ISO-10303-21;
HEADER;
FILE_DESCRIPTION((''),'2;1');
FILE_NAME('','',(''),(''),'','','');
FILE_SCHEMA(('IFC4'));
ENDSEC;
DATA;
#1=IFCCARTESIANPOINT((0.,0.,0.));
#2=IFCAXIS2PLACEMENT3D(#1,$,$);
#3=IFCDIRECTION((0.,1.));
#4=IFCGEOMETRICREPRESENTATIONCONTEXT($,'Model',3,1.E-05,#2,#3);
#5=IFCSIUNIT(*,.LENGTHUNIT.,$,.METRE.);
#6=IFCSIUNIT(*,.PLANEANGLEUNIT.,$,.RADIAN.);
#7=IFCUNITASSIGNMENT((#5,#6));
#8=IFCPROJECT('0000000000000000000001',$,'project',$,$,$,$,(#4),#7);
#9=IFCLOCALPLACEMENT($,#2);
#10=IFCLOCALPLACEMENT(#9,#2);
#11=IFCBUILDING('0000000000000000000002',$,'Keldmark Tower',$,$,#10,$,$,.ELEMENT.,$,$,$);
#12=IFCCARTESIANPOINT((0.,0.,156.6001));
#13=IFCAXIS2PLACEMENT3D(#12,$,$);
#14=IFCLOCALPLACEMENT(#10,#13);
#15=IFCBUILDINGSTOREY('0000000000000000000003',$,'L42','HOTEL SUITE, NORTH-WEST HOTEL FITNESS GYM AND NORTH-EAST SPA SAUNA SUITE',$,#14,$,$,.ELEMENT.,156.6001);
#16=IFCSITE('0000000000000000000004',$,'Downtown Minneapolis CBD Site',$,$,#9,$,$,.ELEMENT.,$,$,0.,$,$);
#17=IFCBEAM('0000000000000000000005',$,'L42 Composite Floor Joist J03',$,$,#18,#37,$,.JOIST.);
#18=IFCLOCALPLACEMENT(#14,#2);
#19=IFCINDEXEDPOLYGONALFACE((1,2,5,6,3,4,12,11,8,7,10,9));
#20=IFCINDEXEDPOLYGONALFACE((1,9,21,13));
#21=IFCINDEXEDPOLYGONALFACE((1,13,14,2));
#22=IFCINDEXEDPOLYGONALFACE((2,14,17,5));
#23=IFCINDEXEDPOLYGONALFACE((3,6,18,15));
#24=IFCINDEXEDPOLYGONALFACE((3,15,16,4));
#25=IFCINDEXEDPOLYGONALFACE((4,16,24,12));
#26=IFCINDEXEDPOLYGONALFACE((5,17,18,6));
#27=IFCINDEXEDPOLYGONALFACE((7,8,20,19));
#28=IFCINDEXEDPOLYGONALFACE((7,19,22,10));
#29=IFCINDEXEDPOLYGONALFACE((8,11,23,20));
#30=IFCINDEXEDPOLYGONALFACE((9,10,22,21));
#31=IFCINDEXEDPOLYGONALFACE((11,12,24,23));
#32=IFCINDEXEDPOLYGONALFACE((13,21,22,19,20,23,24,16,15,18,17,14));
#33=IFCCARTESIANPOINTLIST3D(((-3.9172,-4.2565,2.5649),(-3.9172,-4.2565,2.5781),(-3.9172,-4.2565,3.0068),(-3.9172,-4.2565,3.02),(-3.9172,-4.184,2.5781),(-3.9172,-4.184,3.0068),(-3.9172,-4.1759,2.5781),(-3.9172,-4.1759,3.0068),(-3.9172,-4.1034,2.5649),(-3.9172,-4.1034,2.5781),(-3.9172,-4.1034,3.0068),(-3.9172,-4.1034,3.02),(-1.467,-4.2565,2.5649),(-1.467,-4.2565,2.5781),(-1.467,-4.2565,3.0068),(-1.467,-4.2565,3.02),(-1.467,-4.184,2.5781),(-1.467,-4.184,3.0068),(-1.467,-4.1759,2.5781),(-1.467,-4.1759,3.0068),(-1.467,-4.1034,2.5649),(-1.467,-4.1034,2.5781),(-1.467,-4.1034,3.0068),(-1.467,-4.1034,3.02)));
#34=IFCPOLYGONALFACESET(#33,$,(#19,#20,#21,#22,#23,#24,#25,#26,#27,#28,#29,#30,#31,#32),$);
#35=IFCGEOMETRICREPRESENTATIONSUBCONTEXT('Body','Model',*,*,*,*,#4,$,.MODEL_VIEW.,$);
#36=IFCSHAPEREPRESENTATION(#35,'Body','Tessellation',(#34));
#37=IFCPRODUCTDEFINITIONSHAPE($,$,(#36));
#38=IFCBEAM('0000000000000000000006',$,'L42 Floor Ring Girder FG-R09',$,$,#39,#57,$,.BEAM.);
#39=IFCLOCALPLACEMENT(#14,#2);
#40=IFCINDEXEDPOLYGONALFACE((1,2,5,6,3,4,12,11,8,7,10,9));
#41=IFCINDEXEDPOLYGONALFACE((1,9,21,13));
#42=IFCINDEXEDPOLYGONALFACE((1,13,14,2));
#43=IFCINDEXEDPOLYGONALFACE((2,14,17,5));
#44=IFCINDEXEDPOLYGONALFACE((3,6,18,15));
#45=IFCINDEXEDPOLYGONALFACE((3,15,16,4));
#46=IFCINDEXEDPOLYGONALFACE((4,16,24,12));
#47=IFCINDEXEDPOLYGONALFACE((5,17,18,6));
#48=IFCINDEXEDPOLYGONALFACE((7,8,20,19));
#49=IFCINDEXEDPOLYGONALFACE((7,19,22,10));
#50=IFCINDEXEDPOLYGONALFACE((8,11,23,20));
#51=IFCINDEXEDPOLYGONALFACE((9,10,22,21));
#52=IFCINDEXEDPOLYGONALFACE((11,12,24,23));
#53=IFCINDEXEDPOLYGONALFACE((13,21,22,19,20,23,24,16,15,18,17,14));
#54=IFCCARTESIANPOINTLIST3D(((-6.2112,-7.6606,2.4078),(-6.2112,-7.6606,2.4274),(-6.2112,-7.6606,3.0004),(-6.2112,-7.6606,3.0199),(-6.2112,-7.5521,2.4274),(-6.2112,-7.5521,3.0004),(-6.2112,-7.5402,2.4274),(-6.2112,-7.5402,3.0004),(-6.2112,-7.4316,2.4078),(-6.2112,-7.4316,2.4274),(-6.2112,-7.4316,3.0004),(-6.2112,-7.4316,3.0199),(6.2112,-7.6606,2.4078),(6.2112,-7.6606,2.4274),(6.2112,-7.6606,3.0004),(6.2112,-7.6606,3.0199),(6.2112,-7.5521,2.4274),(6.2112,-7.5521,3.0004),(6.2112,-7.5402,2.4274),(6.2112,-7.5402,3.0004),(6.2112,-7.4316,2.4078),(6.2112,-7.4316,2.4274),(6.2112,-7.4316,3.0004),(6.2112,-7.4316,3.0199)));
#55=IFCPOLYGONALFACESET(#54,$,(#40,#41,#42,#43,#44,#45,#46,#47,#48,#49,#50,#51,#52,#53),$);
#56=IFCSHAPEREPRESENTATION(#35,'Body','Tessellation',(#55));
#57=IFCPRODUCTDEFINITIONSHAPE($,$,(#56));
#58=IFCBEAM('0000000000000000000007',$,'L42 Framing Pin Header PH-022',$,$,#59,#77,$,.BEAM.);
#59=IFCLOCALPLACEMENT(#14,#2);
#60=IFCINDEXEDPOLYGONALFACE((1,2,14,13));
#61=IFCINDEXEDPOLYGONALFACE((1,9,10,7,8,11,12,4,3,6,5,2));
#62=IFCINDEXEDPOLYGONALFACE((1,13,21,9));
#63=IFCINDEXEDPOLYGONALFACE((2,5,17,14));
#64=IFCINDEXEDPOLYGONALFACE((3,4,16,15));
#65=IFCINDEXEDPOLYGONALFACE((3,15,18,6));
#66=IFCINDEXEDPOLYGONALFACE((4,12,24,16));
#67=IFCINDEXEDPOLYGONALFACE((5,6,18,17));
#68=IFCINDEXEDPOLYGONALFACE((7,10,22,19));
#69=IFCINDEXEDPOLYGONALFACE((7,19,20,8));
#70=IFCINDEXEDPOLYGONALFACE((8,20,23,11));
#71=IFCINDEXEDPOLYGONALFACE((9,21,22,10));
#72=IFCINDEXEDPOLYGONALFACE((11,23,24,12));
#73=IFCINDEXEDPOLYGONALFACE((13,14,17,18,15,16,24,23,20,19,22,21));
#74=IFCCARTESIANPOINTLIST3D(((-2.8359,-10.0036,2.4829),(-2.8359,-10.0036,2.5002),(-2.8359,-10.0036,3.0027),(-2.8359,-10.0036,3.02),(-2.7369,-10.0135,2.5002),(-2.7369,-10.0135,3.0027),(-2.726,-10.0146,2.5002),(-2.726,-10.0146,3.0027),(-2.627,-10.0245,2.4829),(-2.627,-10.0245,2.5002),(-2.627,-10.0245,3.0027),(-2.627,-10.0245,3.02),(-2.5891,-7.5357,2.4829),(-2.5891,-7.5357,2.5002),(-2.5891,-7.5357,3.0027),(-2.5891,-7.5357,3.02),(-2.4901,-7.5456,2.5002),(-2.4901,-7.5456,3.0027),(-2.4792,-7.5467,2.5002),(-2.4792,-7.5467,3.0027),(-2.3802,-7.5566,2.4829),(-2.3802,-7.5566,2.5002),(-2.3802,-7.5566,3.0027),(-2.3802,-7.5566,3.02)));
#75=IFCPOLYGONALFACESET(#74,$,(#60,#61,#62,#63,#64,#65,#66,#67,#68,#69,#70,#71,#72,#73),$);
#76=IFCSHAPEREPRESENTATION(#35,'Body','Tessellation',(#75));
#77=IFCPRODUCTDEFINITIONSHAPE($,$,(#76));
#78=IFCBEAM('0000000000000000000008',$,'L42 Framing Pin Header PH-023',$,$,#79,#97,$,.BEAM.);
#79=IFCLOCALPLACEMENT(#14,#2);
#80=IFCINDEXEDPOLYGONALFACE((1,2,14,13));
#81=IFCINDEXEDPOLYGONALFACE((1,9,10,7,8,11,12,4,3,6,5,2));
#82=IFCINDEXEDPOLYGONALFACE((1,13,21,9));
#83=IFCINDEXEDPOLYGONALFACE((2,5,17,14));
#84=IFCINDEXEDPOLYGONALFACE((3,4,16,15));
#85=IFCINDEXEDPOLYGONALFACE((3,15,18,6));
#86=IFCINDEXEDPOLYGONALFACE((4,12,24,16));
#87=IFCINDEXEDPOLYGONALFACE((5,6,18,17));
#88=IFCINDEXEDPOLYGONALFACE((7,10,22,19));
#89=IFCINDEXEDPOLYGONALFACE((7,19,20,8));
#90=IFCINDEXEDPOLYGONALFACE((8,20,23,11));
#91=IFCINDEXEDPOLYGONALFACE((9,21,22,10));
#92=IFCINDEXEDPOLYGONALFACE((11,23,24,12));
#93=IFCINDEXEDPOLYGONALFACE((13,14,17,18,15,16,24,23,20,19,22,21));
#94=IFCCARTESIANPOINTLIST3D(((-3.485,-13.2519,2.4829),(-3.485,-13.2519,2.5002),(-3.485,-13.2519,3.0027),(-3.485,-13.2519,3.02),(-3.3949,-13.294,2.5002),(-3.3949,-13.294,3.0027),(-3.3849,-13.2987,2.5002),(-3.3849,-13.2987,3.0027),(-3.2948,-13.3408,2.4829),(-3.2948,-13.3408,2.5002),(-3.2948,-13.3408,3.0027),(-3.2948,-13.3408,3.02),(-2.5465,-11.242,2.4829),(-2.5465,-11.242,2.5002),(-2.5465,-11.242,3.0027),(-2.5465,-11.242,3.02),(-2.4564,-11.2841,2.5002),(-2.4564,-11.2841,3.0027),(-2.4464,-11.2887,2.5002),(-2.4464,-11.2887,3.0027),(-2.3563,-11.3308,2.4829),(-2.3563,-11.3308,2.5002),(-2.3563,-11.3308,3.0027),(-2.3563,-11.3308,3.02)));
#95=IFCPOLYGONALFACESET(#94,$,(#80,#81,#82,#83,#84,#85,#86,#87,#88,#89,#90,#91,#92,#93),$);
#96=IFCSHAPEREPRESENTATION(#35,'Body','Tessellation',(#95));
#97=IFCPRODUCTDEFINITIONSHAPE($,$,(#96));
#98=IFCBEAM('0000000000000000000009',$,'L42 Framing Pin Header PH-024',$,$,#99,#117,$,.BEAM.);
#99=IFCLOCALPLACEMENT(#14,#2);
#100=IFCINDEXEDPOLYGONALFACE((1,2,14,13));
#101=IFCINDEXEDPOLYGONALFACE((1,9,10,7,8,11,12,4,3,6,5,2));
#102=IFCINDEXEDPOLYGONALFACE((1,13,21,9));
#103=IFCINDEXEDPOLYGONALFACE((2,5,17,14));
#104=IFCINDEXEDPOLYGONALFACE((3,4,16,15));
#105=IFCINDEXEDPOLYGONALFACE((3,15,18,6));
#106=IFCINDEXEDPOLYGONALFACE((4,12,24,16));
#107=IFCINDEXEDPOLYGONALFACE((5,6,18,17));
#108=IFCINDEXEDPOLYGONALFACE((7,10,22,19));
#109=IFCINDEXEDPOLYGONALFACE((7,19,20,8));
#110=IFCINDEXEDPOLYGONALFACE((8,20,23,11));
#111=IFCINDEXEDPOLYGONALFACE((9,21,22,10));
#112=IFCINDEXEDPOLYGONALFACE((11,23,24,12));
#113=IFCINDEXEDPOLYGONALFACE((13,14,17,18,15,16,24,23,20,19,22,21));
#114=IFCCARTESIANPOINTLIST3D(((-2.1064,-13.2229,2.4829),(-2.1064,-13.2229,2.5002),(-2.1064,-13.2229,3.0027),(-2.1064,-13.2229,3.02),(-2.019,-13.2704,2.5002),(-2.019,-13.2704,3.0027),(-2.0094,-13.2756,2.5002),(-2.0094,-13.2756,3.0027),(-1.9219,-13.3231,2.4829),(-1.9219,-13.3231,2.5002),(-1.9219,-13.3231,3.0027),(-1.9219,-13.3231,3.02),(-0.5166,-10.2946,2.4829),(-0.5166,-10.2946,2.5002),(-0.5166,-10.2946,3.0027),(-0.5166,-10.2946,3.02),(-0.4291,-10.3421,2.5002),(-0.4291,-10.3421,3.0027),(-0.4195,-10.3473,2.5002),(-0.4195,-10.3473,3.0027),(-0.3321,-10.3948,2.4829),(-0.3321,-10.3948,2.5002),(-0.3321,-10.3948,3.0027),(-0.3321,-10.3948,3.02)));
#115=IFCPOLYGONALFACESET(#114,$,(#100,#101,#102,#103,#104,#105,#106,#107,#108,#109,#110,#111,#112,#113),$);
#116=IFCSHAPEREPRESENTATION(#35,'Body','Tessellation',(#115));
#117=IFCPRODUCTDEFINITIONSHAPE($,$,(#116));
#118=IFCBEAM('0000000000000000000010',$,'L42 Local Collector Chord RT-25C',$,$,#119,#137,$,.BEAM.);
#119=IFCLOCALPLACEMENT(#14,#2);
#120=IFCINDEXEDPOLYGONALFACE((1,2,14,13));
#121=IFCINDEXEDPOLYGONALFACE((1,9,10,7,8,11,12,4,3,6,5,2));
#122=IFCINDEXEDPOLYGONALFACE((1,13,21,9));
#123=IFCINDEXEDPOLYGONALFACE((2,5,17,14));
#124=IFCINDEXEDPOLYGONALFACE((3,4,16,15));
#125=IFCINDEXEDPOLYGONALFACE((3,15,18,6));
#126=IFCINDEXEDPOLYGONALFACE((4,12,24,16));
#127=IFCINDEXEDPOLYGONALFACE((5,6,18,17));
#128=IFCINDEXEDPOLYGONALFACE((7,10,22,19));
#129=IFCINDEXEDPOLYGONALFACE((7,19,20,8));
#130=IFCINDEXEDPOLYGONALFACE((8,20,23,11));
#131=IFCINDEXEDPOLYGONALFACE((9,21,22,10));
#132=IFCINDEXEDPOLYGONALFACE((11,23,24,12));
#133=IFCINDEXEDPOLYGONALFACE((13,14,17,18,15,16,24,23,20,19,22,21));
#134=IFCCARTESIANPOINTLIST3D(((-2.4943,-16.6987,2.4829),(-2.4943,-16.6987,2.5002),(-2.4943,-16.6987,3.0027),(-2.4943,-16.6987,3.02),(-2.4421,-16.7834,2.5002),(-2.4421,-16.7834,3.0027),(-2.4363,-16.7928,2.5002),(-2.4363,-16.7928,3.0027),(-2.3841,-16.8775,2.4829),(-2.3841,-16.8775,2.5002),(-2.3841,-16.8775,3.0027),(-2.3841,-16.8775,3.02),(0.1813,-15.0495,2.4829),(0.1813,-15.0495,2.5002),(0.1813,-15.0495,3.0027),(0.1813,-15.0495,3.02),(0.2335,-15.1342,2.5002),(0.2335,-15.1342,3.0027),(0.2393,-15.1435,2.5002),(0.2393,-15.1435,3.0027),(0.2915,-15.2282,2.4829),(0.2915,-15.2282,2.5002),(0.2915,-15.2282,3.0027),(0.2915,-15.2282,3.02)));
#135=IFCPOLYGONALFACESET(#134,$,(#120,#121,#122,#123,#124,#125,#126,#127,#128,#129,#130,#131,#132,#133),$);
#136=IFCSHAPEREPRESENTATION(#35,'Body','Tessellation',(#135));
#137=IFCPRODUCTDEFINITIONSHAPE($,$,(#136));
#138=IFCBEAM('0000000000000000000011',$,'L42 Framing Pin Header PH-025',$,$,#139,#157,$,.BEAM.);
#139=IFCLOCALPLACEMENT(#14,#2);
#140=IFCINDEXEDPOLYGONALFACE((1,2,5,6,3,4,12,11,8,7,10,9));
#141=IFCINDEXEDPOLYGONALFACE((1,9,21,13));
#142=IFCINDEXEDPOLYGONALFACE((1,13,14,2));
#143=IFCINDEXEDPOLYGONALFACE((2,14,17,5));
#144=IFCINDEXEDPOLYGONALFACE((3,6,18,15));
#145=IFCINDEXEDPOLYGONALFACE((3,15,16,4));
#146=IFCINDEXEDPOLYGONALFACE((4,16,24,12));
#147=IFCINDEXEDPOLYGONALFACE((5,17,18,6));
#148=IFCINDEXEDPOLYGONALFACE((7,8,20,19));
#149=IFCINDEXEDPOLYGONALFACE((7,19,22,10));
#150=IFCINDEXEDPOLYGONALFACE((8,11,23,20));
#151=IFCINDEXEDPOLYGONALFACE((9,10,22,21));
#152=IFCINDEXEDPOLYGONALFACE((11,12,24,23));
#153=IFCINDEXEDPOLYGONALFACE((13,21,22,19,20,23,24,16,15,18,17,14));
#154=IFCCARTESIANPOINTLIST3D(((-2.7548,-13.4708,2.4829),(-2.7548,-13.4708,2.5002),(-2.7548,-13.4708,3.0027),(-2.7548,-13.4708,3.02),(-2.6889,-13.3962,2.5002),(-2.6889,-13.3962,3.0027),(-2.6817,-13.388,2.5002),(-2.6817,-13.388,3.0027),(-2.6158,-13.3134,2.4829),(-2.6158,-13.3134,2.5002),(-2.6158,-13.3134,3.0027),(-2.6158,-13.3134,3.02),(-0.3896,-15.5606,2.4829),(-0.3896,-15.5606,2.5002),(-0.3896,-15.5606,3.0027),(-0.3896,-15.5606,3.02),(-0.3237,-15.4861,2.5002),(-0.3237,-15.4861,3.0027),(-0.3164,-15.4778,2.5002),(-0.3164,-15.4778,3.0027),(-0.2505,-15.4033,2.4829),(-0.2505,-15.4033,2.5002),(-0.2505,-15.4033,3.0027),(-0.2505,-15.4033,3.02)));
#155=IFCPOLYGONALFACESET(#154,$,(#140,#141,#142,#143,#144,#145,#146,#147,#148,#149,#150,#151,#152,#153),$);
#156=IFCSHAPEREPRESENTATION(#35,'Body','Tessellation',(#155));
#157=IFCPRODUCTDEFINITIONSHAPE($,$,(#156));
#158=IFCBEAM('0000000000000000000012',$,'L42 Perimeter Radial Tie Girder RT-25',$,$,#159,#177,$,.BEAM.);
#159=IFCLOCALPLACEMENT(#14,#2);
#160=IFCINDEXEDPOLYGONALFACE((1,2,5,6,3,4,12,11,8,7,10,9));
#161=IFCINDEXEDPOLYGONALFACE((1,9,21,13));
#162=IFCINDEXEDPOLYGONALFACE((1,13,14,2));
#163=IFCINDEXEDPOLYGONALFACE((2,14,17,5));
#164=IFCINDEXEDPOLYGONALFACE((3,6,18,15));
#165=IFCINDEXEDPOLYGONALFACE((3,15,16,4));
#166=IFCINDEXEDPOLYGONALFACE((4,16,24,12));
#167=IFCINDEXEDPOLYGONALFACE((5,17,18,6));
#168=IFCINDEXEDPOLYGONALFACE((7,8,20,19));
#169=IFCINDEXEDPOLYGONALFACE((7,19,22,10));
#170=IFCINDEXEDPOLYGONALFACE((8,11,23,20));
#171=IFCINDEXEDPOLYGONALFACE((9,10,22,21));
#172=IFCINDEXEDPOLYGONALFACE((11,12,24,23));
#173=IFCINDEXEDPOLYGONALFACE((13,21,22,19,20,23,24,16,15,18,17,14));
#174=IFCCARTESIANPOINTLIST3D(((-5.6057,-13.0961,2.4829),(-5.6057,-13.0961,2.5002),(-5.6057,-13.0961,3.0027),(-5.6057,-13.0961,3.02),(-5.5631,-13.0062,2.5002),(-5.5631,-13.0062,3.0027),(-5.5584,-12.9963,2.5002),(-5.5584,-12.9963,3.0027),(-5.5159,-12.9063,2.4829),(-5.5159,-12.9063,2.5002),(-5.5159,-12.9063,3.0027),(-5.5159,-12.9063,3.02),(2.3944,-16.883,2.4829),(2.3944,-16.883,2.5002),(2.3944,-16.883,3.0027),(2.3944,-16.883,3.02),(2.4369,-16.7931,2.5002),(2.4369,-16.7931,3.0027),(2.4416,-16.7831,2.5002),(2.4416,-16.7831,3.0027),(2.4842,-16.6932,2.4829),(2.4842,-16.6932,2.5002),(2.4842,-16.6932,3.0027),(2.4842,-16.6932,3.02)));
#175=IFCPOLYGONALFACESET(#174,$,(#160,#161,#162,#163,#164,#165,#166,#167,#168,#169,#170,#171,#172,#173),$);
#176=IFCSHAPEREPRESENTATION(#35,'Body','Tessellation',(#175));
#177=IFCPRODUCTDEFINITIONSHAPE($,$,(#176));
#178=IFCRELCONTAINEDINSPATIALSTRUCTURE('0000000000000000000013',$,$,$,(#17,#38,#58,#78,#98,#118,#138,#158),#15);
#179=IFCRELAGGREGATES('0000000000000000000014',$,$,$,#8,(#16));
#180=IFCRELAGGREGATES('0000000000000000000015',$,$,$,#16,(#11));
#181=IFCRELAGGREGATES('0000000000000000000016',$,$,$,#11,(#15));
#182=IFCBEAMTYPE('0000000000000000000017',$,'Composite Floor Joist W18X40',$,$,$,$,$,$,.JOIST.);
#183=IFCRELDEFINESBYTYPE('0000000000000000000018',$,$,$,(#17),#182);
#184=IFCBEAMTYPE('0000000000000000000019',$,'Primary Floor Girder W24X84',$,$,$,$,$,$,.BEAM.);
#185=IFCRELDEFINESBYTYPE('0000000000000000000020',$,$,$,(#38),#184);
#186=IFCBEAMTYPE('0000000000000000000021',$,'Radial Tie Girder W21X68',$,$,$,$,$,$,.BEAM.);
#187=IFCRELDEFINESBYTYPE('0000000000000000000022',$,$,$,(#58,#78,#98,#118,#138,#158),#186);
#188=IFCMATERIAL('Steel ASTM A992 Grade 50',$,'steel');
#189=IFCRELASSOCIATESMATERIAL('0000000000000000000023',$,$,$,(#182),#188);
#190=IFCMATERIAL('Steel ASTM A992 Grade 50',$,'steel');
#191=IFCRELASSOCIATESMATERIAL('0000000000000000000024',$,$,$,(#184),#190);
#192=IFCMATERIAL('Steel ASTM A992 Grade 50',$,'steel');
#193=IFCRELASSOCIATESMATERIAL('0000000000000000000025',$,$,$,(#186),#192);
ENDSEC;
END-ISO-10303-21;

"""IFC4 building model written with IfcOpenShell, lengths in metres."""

from ifc_helpers import new_model, si_unit, direction, frame, origin, origin_2d, place, context, subcontext, project, spatial, i_section, extrude, material, material_profile, profile_set, type_object, element, save


model = new_model("IFC4")

# Units and contexts
model_context = context("Model", 3, precision=1e-05, world=origin(), true_north=direction((0.0, 1.0)))
body_context = subcontext(model_context, "Body", "Model", "MODEL_VIEW")
ifc_project = project(units=[si_unit("LENGTHUNIT", "METRE"), si_unit("PLANEANGLEUNIT", "RADIAN")], contexts=[model_context])

# Site, building, storey
site_placement = place(None, origin())
site = spatial("IfcSite", under=ifc_project, at=site_placement, Name="Downtown Minneapolis CBD Site", CompositionType="ELEMENT", RefElevation=0.0)
building_placement = place(site_placement, origin())
building = spatial("IfcBuilding", under=site, at=building_placement, Name="Keldmark Tower", CompositionType="ELEMENT")
storey_placement = place(building_placement, frame((0.0, 0.0, 156.6001)))
storey = spatial("IfcBuildingStorey", under=building, at=storey_placement, Name="L42", Description="HOTEL SUITE, NORTH-WEST HOTEL FITNESS GYM AND NORTH-EAST SPA SAUNA SUITE", CompositionType="ELEMENT", Elevation=156.6001)

# Beams
ifc_material_1 = material(Name="Steel ASTM A992 Grade 50", Category="steel")
ifc_material_profile_1 = material_profile(ifc_material_1, i_section(OverallWidth=0.1531, OverallDepth=0.4551, WebThickness=0.0081, FlangeThickness=0.0132, at=origin_2d()), Name="W18X40")
ifc_profile_set_1 = profile_set([ifc_material_profile_1], Name="Steel ASTM A992 Grade 50")
beam_type_1 = type_object("IfcBeamType", Name="Composite Floor Joist W18X40", PredefinedType="JOIST", material=ifc_profile_set_1)
beam_1_placement = place(storey_placement, frame((-3.9172, -4.1799, 2.7925), z_axis=(1.0, 0.0, 0.0), x_axis=(0.0, 1.0, 0.0)))
element("IfcBeam", 1, at=beam_1_placement, inside=storey, type_object=beam_type_1, Name="L42 Composite Floor Joist J03", PredefinedType="JOIST", context=body_context, shape_type="SweptSolid", body=[
    extrude(i_section(OverallWidth=0.1531, OverallDepth=0.4551, WebThickness=0.0081, FlangeThickness=0.0132, at=origin_2d()), origin(), (0.0, 0.0, 1.0), 2.4502),
])
ifc_material_2 = material(Name="Steel ASTM A992 Grade 50", Category="steel")
ifc_material_profile_2 = material_profile(ifc_material_2, i_section(OverallWidth=0.229, OverallDepth=0.6121, WebThickness=0.012, FlangeThickness=0.0195, at=origin_2d()), Name="W24X84")
ifc_profile_set_2 = profile_set([ifc_material_profile_2], Name="Steel ASTM A992 Grade 50")
beam_type_2 = type_object("IfcBeamType", Name="Primary Floor Girder W24X84", PredefinedType="BEAM", material=ifc_profile_set_2)
beam_2_placement = place(storey_placement, frame((-6.2112, -7.5461, 2.7139), z_axis=(1.0, 0.0, 0.0), x_axis=(0.0, 1.0, 0.0)))
element("IfcBeam", 2, at=beam_2_placement, inside=storey, type_object=beam_type_2, Name="L42 Floor Ring Girder FG-R09", PredefinedType="BEAM", context=body_context, shape_type="SweptSolid", body=[
    extrude(i_section(OverallWidth=0.229, OverallDepth=0.6121, WebThickness=0.012, FlangeThickness=0.0195, at=origin_2d()), origin(), (0.0, 0.0, 1.0), 12.4224),
])
ifc_material_3 = material(Name="Steel ASTM A992 Grade 50", Category="steel")
ifc_material_profile_3 = material_profile(ifc_material_3, i_section(OverallWidth=0.21, OverallDepth=0.5371, WebThickness=0.011, FlangeThickness=0.0173, at=origin_2d()), Name="W21X68")
ifc_profile_set_3 = profile_set([ifc_material_profile_3], Name="Steel ASTM A992 Grade 50")
beam_type_3 = type_object("IfcBeamType", Name="Radial Tie Girder W21X68", PredefinedType="BEAM", material=ifc_profile_set_3)
beam_3_placement = place(storey_placement, frame((-2.4846, -7.5461, 2.7515), z_axis=(-0.099513, -0.995036, 0.0), x_axis=(0.995036, -0.099513, 0.0)))
element("IfcBeam", 3, at=beam_3_placement, inside=storey, type_object=beam_type_3, Name="L42 Framing Pin Header PH-022", PredefinedType="BEAM", context=body_context, shape_type="SweptSolid", body=[
    extrude(i_section(OverallWidth=0.21, OverallDepth=0.5371, WebThickness=0.011, FlangeThickness=0.0173, at=origin_2d()), origin(), (0.0, 0.0, 1.0), 2.4802),
])
beam_4_placement = place(storey_placement, frame((-2.4514, -11.2864, 2.7515), z_axis=(-0.42306, -0.906102, 0.0), x_axis=(0.906102, -0.42306, 0.0)))
element("IfcBeam", 4, at=beam_4_placement, inside=storey, type_object=beam_type_3, Name="L42 Framing Pin Header PH-023", PredefinedType="BEAM", context=body_context, shape_type="SweptSolid", body=[
    extrude(i_section(OverallWidth=0.21, OverallDepth=0.5371, WebThickness=0.011, FlangeThickness=0.0173, at=origin_2d()), origin(), (0.0, 0.0, 1.0), 2.2183),
])
beam_5_placement = place(storey_placement, frame((-0.4243, -10.3447, 2.7515), z_axis=(-0.477147, -0.878824, 0.0), x_axis=(0.878824, -0.477147, 0.0)))
element("IfcBeam", 5, at=beam_5_placement, inside=storey, type_object=beam_type_3, Name="L42 Framing Pin Header PH-024", PredefinedType="BEAM", context=body_context, shape_type="SweptSolid", body=[
    extrude(i_section(OverallWidth=0.21, OverallDepth=0.5371, WebThickness=0.011, FlangeThickness=0.0173, at=origin_2d()), origin(), (0.0, 0.0, 1.0), 3.332),
])
beam_6_placement = place(storey_placement, frame((-2.4392, -16.7881, 2.7515), z_axis=(0.851277, 0.524717, 0.0), x_axis=(-0.524717, 0.851277, 0.0)))
element("IfcBeam", 6, at=beam_6_placement, inside=storey, type_object=beam_type_3, Name="L42 Local Collector Chord RT-25C", PredefinedType="BEAM", context=body_context, shape_type="SweptSolid", body=[
    extrude(i_section(OverallWidth=0.21, OverallDepth=0.5371, WebThickness=0.011, FlangeThickness=0.0173, at=origin_2d()), origin(), (0.0, 0.0, 1.0), 3.1431),
])
beam_7_placement = place(storey_placement, frame((-2.6853, -13.3921, 2.7515), z_axis=(0.749386, -0.662133, 0.0), x_axis=(0.662133, 0.749386, 0.0)))
element("IfcBeam", 7, at=beam_7_placement, inside=storey, type_object=beam_type_3, Name="L42 Framing Pin Header PH-025", PredefinedType="BEAM", context=body_context, shape_type="SweptSolid", body=[
    extrude(i_section(OverallWidth=0.21, OverallDepth=0.5371, WebThickness=0.011, FlangeThickness=0.0173, at=origin_2d()), origin(), (0.0, 0.0, 1.0), 3.1562),
])
beam_8_placement = place(storey_placement, frame((-5.5608, -13.0012, 2.7515), z_axis=(0.903852, -0.427846, 0.0), x_axis=(0.427846, 0.903852, 0.0)))
element("IfcBeam", 8, at=beam_8_placement, inside=storey, type_object=beam_type_3, Name="L42 Perimeter Radial Tie Girder RT-25", PredefinedType="BEAM", context=body_context, shape_type="SweptSolid", body=[
    extrude(i_section(OverallWidth=0.21, OverallDepth=0.5371, WebThickness=0.011, FlangeThickness=0.0173, at=origin_2d()), origin(), (0.0, 0.0, 1.0), 8.8511),
])

save(model, "model.ifc")
